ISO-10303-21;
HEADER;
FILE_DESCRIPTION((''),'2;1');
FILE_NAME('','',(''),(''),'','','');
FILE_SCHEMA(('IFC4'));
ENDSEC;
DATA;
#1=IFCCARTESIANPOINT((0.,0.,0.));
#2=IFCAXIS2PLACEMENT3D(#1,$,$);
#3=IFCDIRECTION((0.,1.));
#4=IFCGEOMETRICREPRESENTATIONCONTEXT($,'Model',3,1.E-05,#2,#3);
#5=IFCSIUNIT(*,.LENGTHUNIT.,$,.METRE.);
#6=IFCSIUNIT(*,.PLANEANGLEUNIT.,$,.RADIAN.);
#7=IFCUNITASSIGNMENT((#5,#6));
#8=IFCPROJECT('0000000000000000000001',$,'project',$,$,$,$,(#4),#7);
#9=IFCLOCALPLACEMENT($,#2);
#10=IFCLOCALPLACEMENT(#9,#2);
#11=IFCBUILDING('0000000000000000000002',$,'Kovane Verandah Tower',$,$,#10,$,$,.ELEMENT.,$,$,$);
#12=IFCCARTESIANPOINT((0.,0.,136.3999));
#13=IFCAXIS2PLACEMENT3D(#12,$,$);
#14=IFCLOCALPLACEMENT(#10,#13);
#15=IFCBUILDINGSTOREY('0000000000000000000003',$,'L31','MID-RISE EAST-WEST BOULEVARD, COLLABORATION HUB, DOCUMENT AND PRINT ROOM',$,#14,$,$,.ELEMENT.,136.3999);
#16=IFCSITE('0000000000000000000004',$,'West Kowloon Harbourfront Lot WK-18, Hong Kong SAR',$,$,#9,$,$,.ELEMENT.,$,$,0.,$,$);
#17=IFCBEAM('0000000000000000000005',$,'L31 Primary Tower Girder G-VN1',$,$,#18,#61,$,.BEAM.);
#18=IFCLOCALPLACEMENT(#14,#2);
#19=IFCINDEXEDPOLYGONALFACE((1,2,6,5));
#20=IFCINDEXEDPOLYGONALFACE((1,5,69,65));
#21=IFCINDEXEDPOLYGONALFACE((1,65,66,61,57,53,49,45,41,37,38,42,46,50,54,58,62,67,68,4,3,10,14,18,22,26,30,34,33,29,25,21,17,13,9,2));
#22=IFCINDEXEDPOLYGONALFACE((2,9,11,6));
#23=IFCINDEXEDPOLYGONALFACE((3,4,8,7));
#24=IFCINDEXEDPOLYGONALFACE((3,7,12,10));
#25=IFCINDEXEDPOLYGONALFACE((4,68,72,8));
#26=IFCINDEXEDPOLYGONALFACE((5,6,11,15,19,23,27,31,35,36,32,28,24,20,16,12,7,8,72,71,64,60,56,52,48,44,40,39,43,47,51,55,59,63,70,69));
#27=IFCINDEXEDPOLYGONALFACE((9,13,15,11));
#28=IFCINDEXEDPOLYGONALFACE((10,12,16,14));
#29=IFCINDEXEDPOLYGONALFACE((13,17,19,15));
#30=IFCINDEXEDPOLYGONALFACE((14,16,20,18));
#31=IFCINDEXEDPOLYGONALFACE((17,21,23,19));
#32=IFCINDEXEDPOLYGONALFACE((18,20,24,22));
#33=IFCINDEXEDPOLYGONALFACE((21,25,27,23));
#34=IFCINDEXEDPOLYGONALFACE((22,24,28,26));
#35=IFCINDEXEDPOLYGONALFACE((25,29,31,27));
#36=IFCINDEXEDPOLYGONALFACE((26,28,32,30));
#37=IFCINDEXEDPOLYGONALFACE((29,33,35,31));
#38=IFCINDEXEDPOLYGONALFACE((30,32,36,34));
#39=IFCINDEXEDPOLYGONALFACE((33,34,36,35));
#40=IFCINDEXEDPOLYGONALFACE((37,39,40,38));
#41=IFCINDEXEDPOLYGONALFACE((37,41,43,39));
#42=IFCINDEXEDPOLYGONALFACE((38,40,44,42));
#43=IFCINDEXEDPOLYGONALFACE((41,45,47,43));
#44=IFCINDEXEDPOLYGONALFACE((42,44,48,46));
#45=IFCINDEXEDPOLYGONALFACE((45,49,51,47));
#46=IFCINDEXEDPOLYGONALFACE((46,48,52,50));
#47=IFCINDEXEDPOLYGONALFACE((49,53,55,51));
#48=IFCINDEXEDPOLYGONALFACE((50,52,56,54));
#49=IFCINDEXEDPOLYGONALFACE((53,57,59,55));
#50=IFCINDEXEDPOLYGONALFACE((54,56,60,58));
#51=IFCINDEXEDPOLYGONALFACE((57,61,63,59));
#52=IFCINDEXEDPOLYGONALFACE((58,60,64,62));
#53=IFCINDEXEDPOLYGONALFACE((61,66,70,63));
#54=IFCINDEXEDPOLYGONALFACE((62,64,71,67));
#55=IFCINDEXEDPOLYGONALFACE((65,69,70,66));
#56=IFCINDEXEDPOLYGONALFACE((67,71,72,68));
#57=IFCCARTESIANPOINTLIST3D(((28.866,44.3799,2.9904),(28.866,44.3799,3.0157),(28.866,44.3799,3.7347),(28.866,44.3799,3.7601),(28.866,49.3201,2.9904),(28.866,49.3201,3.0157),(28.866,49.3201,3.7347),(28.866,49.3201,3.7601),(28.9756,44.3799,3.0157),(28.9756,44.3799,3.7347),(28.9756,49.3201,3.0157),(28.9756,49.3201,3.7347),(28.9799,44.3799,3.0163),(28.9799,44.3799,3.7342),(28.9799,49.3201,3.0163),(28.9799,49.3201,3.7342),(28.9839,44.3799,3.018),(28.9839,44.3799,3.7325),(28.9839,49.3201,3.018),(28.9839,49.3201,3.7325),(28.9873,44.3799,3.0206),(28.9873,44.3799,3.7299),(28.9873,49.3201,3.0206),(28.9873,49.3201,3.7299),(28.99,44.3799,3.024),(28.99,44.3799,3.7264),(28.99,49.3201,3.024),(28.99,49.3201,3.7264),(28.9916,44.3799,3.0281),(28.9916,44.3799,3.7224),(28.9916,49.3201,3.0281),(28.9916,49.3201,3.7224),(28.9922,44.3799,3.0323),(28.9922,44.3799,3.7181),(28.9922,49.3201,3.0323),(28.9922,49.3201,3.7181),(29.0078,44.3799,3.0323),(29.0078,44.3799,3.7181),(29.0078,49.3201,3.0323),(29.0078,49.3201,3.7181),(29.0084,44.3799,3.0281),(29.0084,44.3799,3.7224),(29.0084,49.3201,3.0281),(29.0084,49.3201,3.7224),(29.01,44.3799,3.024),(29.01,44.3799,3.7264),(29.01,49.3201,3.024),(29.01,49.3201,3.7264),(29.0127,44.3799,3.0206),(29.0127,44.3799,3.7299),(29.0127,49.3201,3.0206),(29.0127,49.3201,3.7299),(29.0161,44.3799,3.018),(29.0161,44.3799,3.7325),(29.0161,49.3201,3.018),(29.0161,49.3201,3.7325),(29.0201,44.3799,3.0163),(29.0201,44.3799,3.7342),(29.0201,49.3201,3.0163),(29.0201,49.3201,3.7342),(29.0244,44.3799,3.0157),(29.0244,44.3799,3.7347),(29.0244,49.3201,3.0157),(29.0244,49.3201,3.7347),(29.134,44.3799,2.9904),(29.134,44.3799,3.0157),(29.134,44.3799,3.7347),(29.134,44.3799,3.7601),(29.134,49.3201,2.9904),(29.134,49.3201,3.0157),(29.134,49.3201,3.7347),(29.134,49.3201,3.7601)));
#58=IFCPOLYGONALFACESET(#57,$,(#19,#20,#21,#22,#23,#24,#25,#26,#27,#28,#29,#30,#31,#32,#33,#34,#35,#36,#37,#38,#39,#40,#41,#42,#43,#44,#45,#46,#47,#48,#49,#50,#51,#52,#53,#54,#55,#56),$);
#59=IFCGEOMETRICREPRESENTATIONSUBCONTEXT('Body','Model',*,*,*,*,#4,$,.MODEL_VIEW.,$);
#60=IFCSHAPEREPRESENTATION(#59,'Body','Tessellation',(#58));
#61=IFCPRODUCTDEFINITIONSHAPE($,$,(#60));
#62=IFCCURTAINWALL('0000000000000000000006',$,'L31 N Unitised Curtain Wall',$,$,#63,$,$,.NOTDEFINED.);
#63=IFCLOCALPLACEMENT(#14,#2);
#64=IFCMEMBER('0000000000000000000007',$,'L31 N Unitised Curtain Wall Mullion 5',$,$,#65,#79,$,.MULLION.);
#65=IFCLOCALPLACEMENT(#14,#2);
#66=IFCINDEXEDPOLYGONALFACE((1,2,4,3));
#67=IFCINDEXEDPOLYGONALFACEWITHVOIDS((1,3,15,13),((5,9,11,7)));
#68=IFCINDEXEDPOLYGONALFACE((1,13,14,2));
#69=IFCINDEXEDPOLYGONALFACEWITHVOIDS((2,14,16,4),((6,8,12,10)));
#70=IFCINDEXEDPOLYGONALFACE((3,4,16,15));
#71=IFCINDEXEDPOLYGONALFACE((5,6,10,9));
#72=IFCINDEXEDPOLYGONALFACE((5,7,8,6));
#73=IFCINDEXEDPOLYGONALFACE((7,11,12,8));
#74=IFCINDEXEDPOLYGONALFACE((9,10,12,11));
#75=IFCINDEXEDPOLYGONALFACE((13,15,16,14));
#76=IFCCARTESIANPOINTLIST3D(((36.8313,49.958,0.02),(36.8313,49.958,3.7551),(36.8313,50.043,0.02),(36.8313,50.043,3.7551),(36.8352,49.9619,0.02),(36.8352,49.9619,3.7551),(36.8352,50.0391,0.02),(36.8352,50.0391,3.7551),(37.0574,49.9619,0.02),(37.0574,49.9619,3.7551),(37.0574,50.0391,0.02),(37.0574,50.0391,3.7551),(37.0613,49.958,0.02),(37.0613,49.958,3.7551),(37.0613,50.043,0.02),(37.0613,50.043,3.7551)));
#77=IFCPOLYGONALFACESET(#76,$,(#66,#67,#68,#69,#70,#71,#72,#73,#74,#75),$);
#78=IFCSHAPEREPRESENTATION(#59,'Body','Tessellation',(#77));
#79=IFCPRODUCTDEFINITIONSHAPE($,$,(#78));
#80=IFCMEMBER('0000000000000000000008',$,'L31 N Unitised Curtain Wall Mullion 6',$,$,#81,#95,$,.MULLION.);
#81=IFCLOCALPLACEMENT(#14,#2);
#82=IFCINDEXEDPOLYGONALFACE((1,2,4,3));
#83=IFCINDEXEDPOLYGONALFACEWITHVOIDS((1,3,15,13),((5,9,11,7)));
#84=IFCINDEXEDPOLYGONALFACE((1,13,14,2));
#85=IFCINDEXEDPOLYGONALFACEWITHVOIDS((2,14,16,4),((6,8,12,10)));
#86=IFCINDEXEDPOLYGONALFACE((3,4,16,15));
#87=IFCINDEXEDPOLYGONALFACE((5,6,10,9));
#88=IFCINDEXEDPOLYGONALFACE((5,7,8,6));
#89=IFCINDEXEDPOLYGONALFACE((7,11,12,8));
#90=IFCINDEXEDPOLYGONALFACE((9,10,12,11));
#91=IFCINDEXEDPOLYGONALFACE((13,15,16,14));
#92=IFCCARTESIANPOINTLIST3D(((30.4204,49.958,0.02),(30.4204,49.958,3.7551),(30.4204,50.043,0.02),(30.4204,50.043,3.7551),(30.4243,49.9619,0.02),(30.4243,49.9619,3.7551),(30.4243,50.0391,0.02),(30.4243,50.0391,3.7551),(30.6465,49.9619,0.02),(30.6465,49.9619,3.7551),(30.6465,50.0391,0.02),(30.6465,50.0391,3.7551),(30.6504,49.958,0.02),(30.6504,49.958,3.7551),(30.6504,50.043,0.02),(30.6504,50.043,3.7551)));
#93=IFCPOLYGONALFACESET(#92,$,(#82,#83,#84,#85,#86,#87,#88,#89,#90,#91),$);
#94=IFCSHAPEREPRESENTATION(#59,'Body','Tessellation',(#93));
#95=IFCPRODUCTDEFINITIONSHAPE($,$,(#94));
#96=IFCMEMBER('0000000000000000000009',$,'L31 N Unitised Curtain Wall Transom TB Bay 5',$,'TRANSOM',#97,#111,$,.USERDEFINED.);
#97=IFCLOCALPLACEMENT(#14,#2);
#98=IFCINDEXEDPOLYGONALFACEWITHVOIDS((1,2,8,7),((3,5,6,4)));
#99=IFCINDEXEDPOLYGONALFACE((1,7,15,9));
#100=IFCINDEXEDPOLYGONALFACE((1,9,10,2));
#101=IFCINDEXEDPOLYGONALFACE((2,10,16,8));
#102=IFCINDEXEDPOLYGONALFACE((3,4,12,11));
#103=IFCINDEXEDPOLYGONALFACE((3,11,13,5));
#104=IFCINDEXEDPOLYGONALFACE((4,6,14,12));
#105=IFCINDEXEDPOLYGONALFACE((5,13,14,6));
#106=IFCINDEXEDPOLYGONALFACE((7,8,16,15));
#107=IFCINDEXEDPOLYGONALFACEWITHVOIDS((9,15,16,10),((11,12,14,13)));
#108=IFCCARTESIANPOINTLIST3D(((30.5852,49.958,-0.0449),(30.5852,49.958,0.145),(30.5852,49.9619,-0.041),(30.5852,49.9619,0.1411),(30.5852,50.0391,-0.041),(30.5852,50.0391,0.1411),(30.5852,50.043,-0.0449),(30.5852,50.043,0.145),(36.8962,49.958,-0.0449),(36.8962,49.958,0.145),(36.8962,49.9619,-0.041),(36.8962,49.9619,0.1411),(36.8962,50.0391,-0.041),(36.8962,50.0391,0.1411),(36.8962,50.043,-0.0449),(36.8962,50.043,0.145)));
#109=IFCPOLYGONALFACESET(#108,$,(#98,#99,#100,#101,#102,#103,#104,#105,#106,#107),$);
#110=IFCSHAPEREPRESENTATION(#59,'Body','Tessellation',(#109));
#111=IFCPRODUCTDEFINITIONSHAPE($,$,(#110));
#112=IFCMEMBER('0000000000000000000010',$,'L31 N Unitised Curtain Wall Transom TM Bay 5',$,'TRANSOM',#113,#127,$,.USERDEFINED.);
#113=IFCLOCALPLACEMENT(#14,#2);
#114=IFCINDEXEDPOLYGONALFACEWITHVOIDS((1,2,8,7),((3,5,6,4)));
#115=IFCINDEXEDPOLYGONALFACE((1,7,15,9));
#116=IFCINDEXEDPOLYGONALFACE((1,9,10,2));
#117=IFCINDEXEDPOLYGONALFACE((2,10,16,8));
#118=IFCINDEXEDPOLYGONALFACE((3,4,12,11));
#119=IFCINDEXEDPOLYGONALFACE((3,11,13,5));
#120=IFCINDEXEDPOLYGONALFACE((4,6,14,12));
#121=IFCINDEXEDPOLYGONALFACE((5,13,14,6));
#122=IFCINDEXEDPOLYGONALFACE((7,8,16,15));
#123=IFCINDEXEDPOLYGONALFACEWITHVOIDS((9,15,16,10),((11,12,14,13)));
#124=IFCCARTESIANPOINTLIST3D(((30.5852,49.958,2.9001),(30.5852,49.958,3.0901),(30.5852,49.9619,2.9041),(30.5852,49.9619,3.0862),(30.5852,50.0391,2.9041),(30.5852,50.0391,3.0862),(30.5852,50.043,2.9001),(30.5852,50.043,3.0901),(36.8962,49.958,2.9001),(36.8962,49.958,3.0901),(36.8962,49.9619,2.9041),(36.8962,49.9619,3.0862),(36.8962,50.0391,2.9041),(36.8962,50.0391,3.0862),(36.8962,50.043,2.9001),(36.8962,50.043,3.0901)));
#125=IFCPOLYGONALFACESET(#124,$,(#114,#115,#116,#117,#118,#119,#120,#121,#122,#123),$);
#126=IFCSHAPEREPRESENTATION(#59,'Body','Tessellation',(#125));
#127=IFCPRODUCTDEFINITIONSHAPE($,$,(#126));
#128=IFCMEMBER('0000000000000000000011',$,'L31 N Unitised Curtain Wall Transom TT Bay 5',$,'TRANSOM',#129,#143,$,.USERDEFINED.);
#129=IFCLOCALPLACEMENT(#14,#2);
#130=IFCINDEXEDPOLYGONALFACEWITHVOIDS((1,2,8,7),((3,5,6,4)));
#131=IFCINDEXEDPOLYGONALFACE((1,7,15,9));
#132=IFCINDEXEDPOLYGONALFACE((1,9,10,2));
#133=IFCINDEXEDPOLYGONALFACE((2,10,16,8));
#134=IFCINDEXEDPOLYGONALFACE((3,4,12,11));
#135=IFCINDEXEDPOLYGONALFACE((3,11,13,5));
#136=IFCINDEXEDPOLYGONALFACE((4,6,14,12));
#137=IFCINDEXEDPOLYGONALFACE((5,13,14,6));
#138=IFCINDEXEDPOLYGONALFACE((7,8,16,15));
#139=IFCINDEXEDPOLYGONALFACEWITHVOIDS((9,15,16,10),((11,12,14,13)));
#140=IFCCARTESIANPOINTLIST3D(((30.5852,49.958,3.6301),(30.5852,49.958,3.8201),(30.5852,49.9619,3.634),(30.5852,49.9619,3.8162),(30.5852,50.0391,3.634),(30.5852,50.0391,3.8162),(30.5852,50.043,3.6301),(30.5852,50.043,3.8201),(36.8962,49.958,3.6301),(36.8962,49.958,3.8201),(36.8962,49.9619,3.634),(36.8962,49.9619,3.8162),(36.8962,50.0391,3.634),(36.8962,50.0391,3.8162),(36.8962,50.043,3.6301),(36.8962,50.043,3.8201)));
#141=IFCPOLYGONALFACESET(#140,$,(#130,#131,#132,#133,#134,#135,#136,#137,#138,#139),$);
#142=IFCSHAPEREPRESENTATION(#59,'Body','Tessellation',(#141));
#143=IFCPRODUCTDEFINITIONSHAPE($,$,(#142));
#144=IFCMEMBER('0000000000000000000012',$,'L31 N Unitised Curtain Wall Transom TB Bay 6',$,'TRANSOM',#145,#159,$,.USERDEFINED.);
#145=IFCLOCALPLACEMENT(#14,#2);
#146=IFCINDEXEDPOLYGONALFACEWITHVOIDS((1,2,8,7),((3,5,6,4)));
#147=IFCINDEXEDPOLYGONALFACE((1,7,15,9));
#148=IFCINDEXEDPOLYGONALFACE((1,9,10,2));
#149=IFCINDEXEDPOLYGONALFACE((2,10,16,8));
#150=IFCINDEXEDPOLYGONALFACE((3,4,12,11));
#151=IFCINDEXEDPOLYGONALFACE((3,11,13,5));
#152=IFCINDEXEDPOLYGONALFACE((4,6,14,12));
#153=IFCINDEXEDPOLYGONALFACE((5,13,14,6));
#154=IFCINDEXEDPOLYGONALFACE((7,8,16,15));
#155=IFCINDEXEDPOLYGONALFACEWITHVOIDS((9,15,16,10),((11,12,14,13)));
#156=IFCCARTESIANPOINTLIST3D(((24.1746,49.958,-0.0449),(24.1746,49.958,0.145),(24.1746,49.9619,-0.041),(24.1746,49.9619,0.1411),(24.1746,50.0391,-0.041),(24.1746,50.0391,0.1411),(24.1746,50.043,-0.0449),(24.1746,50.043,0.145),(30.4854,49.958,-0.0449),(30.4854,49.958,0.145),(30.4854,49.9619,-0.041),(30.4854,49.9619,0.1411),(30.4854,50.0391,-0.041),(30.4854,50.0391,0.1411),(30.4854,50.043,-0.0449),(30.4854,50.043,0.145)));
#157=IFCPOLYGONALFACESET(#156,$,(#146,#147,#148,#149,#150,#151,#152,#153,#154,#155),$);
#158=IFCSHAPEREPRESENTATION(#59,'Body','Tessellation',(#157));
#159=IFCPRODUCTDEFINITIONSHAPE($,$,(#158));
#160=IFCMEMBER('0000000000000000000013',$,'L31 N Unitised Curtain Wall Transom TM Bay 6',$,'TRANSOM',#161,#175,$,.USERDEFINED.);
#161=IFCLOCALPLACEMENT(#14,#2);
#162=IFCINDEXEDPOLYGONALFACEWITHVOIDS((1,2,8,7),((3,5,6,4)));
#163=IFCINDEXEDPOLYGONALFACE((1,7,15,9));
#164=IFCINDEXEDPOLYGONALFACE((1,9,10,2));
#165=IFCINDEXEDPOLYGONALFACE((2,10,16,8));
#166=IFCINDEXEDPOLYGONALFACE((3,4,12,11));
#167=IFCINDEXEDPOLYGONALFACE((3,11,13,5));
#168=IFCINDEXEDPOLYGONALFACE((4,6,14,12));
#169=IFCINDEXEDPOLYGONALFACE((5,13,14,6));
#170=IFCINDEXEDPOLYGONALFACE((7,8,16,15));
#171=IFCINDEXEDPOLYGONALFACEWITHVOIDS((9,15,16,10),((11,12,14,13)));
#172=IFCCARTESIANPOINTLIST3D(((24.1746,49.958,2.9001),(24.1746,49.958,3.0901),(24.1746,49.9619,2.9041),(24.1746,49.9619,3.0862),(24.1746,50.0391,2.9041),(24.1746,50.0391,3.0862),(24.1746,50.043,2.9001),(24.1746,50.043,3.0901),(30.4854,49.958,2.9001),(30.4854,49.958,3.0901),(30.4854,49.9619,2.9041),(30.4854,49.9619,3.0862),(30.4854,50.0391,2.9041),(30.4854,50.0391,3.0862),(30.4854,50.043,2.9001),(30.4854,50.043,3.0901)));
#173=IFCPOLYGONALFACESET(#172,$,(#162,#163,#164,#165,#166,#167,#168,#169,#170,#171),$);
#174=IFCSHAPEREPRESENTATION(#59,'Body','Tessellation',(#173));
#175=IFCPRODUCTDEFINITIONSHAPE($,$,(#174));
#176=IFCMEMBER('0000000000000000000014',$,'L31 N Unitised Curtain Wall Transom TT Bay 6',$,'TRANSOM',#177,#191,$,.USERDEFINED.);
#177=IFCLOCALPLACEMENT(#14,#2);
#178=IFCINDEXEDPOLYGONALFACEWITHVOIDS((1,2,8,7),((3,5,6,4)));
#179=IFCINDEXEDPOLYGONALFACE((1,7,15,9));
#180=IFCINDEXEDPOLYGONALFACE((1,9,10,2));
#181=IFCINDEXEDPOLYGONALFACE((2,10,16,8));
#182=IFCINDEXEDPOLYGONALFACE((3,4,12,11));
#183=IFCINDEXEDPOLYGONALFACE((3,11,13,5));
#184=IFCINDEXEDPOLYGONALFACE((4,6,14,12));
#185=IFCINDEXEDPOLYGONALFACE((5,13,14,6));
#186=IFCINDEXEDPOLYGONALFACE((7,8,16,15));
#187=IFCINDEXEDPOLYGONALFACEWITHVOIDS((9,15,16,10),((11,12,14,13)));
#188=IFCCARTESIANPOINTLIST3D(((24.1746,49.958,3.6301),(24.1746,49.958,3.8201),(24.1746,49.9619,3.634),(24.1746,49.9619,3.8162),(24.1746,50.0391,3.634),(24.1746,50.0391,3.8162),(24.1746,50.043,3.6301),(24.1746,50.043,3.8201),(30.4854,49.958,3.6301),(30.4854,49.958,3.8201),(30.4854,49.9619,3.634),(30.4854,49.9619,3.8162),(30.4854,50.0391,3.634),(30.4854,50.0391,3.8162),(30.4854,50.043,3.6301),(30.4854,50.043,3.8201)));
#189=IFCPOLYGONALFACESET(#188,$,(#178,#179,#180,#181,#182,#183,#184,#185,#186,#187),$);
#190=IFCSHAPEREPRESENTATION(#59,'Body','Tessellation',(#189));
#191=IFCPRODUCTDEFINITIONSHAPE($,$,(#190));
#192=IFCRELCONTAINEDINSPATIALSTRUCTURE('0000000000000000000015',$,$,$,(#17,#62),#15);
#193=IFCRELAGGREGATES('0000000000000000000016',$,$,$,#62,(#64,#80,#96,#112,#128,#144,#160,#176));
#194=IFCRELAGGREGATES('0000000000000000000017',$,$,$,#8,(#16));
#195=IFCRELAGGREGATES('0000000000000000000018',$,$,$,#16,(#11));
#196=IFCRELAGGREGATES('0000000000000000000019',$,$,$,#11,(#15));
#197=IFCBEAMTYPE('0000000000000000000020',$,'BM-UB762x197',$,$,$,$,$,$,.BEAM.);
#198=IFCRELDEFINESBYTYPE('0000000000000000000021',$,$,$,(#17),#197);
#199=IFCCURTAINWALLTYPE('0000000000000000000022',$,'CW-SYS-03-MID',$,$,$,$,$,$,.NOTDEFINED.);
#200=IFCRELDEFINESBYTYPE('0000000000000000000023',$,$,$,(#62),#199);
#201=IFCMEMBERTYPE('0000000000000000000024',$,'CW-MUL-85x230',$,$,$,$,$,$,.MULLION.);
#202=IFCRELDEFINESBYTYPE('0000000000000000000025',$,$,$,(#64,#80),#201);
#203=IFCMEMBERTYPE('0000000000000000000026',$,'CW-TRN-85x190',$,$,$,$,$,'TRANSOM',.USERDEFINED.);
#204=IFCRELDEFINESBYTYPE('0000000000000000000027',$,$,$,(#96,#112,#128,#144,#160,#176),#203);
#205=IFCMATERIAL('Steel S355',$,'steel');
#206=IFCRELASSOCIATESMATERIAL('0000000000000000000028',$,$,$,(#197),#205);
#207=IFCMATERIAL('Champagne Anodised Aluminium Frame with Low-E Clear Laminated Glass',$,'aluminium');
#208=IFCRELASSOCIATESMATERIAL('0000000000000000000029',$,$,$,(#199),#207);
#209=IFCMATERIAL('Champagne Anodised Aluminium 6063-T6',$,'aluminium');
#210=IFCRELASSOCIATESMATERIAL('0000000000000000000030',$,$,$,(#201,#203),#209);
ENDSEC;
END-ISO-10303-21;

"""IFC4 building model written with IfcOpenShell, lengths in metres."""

from ifc_helpers import new_model, si_unit, direction, frame, origin, origin_2d, place, context, subcontext, project, spatial, hollow_rectangle, i_section, extrude, material, material_profile, profile_set, type_object, element, aggregate, save


model = new_model("IFC4")

# Units and contexts
model_context = context("Model", 3, precision=1e-05, world=origin(), true_north=direction((0.0, 1.0)))
body_context = subcontext(model_context, "Body", "Model", "MODEL_VIEW")
ifc_project = project(units=[si_unit("LENGTHUNIT", "METRE"), si_unit("PLANEANGLEUNIT", "RADIAN")], contexts=[model_context])

# Site, building, storey
site_placement = place(None, origin())
site = spatial("IfcSite", under=ifc_project, at=site_placement, Name="West Kowloon Harbourfront Lot WK-18, Hong Kong SAR", CompositionType="ELEMENT", RefElevation=0.0)
building_placement = place(site_placement, origin())
building = spatial("IfcBuilding", under=site, at=building_placement, Name="Kovane Verandah Tower", CompositionType="ELEMENT")
storey_placement = place(building_placement, frame((0.0, 0.0, 136.3999)))
storey = spatial("IfcBuildingStorey", under=building, at=storey_placement, Name="L31", Description="MID-RISE EAST-WEST BOULEVARD, COLLABORATION HUB, DOCUMENT AND PRINT ROOM", CompositionType="ELEMENT", Elevation=136.3999)

# Beam
ifc_material_1 = material(Name="Steel S355", Category="steel")
ifc_material_profile_1 = material_profile(ifc_material_1, i_section(OverallWidth=0.2681, OverallDepth=0.7698, WebThickness=0.0156, FlangeThickness=0.0254, FilletRadius=0.0166, at=origin_2d()), Name="UB762x267x197")
ifc_profile_set_1 = profile_set([ifc_material_profile_1], Name="Steel S355")
beam_type_1 = type_object("IfcBeamType", Name="BM-UB762x197", PredefinedType="BEAM", material=ifc_profile_set_1)
beam_1_placement = place(storey_placement, frame((29.0, 44.3799, 3.3752), z_axis=(0.0, 1.0, 0.0), x_axis=(-1.0, 0.0, 0.0)))
element("IfcBeam", 1, at=beam_1_placement, inside=storey, type_object=beam_type_1, Name="L31 Primary Tower Girder G-VN1", PredefinedType="BEAM", context=body_context, shape_type="SweptSolid", body=[
    extrude(i_section(OverallWidth=0.2681, OverallDepth=0.7698, WebThickness=0.0156, FlangeThickness=0.0254, FilletRadius=0.0166, at=origin_2d()), origin(), (0.0, 0.0, 1.0), 4.9402),
])

# Curtain wall, members
ifc_material_2 = material(Name="Champagne Anodised Aluminium Frame with Low-E Clear Laminated Glass", Category="aluminium")
curtain_wall_type = type_object("IfcCurtainWallType", Name="CW-SYS-03-MID", PredefinedType="NOTDEFINED", material=ifc_material_2)
curtain_wall_placement = place(storey_placement, origin())
curtain_wall = element("IfcCurtainWall", 2, at=curtain_wall_placement, inside=storey, type_object=curtain_wall_type, Name="L31 N Unitised Curtain Wall", PredefinedType="NOTDEFINED")
ifc_material_3 = material(Name="Champagne Anodised Aluminium 6063-T6", Category="aluminium")
ifc_material_profile_2 = material_profile(ifc_material_3, hollow_rectangle(XDim=0.085, YDim=0.23, WallThickness=0.0039, at=origin_2d()), Name="AL85x230x4")
ifc_profile_set_2 = profile_set([ifc_material_profile_2], Name="Champagne Anodised Aluminium 6063-T6")
member_type_1 = type_object("IfcMemberType", Name="CW-MUL-85x230", PredefinedType="MULLION", material=ifc_profile_set_2)
member_1_placement = place(storey_placement, frame((36.9463, 50.0005, 0.02), z_axis=(0.0, 0.0, 1.0), x_axis=(0.0, 1.0, 0.0)))
member_1 = element("IfcMember", 3, at=member_1_placement, type_object=member_type_1, Name="L31 N Unitised Curtain Wall Mullion 5", PredefinedType="MULLION", context=body_context, shape_type="SweptSolid", body=[
    extrude(hollow_rectangle(XDim=0.085, YDim=0.23, WallThickness=0.0039, at=origin_2d()), origin(), (0.0, 0.0, 1.0), 3.7351),
])
member_2_placement = place(storey_placement, frame((30.5354, 50.0005, 0.02), z_axis=(0.0, 0.0, 1.0), x_axis=(0.0, 1.0, 0.0)))
member_2 = element("IfcMember", 4, at=member_2_placement, type_object=member_type_1, Name="L31 N Unitised Curtain Wall Mullion 6", PredefinedType="MULLION", context=body_context, shape_type="SweptSolid", body=[
    extrude(hollow_rectangle(XDim=0.085, YDim=0.23, WallThickness=0.0039, at=origin_2d()), origin(), (0.0, 0.0, 1.0), 3.7351),
])
ifc_material_profile_3 = material_profile(ifc_material_3, hollow_rectangle(XDim=0.085, YDim=0.1899, WallThickness=0.0039, at=origin_2d()), Name="AL85x190x4")
ifc_profile_set_3 = profile_set([ifc_material_profile_3], Name="Champagne Anodised Aluminium 6063-T6")
member_type_2 = type_object("IfcMemberType", Name="CW-TRN-85x190", ElementType="TRANSOM", PredefinedType="USERDEFINED", material=ifc_profile_set_3)
member_3_placement = place(storey_placement, frame((36.8962, 50.0005, 0.05), z_axis=(-1.0, 0.0, 0.0), x_axis=(0.0, -1.0, 0.0)))
member_3 = element("IfcMember", 5, at=member_3_placement, type_object=member_type_2, Name="L31 N Unitised Curtain Wall Transom TB Bay 5", ObjectType="TRANSOM", PredefinedType="USERDEFINED", context=body_context, shape_type="SweptSolid", body=[
    extrude(hollow_rectangle(XDim=0.085, YDim=0.1899, WallThickness=0.0039, at=origin_2d()), origin(), (0.0, 0.0, 1.0), 6.311),
])
member_4_placement = place(storey_placement, frame((36.8962, 50.0005, 2.9951), z_axis=(-1.0, 0.0, 0.0), x_axis=(0.0, -1.0, 0.0)))
member_4 = element("IfcMember", 6, at=member_4_placement, type_object=member_type_2, Name="L31 N Unitised Curtain Wall Transom TM Bay 5", ObjectType="TRANSOM", PredefinedType="USERDEFINED", context=body_context, shape_type="SweptSolid", body=[
    extrude(hollow_rectangle(XDim=0.085, YDim=0.1899, WallThickness=0.0039, at=origin_2d()), origin(), (0.0, 0.0, 1.0), 6.311),
])
member_5_placement = place(storey_placement, frame((36.8962, 50.0005, 3.7251), z_axis=(-1.0, 0.0, 0.0), x_axis=(0.0, -1.0, 0.0)))
member_5 = element("IfcMember", 7, at=member_5_placement, type_object=member_type_2, Name="L31 N Unitised Curtain Wall Transom TT Bay 5", ObjectType="TRANSOM", PredefinedType="USERDEFINED", context=body_context, shape_type="SweptSolid", body=[
    extrude(hollow_rectangle(XDim=0.085, YDim=0.1899, WallThickness=0.0039, at=origin_2d()), origin(), (0.0, 0.0, 1.0), 6.311),
])
member_6_placement = place(storey_placement, frame((30.4854, 50.0005, 0.05), z_axis=(-1.0, 0.0, 0.0), x_axis=(0.0, -1.0, 0.0)))
member_6 = element("IfcMember", 8, at=member_6_placement, type_object=member_type_2, Name="L31 N Unitised Curtain Wall Transom TB Bay 6", ObjectType="TRANSOM", PredefinedType="USERDEFINED", context=body_context, shape_type="SweptSolid", body=[
    extrude(hollow_rectangle(XDim=0.085, YDim=0.1899, WallThickness=0.0039, at=origin_2d()), origin(), (0.0, 0.0, 1.0), 6.3108),
])
member_7_placement = place(storey_placement, frame((30.4854, 50.0005, 2.9951), z_axis=(-1.0, 0.0, 0.0), x_axis=(0.0, -1.0, 0.0)))
member_7 = element("IfcMember", 9, at=member_7_placement, type_object=member_type_2, Name="L31 N Unitised Curtain Wall Transom TM Bay 6", ObjectType="TRANSOM", PredefinedType="USERDEFINED", context=body_context, shape_type="SweptSolid", body=[
    extrude(hollow_rectangle(XDim=0.085, YDim=0.1899, WallThickness=0.0039, at=origin_2d()), origin(), (0.0, 0.0, 1.0), 6.3108),
])
member_8_placement = place(storey_placement, frame((30.4854, 50.0005, 3.7251), z_axis=(-1.0, 0.0, 0.0), x_axis=(0.0, -1.0, 0.0)))
member_8 = element("IfcMember", 10, at=member_8_placement, type_object=member_type_2, Name="L31 N Unitised Curtain Wall Transom TT Bay 6", ObjectType="TRANSOM", PredefinedType="USERDEFINED", context=body_context, shape_type="SweptSolid", body=[
    extrude(hollow_rectangle(XDim=0.085, YDim=0.1899, WallThickness=0.0039, at=origin_2d()), origin(), (0.0, 0.0, 1.0), 6.3108),
])

aggregate(curtain_wall, [member_1, member_2, member_3, member_4, member_5, member_6, member_7, member_8])

save(model, "model.ifc")
